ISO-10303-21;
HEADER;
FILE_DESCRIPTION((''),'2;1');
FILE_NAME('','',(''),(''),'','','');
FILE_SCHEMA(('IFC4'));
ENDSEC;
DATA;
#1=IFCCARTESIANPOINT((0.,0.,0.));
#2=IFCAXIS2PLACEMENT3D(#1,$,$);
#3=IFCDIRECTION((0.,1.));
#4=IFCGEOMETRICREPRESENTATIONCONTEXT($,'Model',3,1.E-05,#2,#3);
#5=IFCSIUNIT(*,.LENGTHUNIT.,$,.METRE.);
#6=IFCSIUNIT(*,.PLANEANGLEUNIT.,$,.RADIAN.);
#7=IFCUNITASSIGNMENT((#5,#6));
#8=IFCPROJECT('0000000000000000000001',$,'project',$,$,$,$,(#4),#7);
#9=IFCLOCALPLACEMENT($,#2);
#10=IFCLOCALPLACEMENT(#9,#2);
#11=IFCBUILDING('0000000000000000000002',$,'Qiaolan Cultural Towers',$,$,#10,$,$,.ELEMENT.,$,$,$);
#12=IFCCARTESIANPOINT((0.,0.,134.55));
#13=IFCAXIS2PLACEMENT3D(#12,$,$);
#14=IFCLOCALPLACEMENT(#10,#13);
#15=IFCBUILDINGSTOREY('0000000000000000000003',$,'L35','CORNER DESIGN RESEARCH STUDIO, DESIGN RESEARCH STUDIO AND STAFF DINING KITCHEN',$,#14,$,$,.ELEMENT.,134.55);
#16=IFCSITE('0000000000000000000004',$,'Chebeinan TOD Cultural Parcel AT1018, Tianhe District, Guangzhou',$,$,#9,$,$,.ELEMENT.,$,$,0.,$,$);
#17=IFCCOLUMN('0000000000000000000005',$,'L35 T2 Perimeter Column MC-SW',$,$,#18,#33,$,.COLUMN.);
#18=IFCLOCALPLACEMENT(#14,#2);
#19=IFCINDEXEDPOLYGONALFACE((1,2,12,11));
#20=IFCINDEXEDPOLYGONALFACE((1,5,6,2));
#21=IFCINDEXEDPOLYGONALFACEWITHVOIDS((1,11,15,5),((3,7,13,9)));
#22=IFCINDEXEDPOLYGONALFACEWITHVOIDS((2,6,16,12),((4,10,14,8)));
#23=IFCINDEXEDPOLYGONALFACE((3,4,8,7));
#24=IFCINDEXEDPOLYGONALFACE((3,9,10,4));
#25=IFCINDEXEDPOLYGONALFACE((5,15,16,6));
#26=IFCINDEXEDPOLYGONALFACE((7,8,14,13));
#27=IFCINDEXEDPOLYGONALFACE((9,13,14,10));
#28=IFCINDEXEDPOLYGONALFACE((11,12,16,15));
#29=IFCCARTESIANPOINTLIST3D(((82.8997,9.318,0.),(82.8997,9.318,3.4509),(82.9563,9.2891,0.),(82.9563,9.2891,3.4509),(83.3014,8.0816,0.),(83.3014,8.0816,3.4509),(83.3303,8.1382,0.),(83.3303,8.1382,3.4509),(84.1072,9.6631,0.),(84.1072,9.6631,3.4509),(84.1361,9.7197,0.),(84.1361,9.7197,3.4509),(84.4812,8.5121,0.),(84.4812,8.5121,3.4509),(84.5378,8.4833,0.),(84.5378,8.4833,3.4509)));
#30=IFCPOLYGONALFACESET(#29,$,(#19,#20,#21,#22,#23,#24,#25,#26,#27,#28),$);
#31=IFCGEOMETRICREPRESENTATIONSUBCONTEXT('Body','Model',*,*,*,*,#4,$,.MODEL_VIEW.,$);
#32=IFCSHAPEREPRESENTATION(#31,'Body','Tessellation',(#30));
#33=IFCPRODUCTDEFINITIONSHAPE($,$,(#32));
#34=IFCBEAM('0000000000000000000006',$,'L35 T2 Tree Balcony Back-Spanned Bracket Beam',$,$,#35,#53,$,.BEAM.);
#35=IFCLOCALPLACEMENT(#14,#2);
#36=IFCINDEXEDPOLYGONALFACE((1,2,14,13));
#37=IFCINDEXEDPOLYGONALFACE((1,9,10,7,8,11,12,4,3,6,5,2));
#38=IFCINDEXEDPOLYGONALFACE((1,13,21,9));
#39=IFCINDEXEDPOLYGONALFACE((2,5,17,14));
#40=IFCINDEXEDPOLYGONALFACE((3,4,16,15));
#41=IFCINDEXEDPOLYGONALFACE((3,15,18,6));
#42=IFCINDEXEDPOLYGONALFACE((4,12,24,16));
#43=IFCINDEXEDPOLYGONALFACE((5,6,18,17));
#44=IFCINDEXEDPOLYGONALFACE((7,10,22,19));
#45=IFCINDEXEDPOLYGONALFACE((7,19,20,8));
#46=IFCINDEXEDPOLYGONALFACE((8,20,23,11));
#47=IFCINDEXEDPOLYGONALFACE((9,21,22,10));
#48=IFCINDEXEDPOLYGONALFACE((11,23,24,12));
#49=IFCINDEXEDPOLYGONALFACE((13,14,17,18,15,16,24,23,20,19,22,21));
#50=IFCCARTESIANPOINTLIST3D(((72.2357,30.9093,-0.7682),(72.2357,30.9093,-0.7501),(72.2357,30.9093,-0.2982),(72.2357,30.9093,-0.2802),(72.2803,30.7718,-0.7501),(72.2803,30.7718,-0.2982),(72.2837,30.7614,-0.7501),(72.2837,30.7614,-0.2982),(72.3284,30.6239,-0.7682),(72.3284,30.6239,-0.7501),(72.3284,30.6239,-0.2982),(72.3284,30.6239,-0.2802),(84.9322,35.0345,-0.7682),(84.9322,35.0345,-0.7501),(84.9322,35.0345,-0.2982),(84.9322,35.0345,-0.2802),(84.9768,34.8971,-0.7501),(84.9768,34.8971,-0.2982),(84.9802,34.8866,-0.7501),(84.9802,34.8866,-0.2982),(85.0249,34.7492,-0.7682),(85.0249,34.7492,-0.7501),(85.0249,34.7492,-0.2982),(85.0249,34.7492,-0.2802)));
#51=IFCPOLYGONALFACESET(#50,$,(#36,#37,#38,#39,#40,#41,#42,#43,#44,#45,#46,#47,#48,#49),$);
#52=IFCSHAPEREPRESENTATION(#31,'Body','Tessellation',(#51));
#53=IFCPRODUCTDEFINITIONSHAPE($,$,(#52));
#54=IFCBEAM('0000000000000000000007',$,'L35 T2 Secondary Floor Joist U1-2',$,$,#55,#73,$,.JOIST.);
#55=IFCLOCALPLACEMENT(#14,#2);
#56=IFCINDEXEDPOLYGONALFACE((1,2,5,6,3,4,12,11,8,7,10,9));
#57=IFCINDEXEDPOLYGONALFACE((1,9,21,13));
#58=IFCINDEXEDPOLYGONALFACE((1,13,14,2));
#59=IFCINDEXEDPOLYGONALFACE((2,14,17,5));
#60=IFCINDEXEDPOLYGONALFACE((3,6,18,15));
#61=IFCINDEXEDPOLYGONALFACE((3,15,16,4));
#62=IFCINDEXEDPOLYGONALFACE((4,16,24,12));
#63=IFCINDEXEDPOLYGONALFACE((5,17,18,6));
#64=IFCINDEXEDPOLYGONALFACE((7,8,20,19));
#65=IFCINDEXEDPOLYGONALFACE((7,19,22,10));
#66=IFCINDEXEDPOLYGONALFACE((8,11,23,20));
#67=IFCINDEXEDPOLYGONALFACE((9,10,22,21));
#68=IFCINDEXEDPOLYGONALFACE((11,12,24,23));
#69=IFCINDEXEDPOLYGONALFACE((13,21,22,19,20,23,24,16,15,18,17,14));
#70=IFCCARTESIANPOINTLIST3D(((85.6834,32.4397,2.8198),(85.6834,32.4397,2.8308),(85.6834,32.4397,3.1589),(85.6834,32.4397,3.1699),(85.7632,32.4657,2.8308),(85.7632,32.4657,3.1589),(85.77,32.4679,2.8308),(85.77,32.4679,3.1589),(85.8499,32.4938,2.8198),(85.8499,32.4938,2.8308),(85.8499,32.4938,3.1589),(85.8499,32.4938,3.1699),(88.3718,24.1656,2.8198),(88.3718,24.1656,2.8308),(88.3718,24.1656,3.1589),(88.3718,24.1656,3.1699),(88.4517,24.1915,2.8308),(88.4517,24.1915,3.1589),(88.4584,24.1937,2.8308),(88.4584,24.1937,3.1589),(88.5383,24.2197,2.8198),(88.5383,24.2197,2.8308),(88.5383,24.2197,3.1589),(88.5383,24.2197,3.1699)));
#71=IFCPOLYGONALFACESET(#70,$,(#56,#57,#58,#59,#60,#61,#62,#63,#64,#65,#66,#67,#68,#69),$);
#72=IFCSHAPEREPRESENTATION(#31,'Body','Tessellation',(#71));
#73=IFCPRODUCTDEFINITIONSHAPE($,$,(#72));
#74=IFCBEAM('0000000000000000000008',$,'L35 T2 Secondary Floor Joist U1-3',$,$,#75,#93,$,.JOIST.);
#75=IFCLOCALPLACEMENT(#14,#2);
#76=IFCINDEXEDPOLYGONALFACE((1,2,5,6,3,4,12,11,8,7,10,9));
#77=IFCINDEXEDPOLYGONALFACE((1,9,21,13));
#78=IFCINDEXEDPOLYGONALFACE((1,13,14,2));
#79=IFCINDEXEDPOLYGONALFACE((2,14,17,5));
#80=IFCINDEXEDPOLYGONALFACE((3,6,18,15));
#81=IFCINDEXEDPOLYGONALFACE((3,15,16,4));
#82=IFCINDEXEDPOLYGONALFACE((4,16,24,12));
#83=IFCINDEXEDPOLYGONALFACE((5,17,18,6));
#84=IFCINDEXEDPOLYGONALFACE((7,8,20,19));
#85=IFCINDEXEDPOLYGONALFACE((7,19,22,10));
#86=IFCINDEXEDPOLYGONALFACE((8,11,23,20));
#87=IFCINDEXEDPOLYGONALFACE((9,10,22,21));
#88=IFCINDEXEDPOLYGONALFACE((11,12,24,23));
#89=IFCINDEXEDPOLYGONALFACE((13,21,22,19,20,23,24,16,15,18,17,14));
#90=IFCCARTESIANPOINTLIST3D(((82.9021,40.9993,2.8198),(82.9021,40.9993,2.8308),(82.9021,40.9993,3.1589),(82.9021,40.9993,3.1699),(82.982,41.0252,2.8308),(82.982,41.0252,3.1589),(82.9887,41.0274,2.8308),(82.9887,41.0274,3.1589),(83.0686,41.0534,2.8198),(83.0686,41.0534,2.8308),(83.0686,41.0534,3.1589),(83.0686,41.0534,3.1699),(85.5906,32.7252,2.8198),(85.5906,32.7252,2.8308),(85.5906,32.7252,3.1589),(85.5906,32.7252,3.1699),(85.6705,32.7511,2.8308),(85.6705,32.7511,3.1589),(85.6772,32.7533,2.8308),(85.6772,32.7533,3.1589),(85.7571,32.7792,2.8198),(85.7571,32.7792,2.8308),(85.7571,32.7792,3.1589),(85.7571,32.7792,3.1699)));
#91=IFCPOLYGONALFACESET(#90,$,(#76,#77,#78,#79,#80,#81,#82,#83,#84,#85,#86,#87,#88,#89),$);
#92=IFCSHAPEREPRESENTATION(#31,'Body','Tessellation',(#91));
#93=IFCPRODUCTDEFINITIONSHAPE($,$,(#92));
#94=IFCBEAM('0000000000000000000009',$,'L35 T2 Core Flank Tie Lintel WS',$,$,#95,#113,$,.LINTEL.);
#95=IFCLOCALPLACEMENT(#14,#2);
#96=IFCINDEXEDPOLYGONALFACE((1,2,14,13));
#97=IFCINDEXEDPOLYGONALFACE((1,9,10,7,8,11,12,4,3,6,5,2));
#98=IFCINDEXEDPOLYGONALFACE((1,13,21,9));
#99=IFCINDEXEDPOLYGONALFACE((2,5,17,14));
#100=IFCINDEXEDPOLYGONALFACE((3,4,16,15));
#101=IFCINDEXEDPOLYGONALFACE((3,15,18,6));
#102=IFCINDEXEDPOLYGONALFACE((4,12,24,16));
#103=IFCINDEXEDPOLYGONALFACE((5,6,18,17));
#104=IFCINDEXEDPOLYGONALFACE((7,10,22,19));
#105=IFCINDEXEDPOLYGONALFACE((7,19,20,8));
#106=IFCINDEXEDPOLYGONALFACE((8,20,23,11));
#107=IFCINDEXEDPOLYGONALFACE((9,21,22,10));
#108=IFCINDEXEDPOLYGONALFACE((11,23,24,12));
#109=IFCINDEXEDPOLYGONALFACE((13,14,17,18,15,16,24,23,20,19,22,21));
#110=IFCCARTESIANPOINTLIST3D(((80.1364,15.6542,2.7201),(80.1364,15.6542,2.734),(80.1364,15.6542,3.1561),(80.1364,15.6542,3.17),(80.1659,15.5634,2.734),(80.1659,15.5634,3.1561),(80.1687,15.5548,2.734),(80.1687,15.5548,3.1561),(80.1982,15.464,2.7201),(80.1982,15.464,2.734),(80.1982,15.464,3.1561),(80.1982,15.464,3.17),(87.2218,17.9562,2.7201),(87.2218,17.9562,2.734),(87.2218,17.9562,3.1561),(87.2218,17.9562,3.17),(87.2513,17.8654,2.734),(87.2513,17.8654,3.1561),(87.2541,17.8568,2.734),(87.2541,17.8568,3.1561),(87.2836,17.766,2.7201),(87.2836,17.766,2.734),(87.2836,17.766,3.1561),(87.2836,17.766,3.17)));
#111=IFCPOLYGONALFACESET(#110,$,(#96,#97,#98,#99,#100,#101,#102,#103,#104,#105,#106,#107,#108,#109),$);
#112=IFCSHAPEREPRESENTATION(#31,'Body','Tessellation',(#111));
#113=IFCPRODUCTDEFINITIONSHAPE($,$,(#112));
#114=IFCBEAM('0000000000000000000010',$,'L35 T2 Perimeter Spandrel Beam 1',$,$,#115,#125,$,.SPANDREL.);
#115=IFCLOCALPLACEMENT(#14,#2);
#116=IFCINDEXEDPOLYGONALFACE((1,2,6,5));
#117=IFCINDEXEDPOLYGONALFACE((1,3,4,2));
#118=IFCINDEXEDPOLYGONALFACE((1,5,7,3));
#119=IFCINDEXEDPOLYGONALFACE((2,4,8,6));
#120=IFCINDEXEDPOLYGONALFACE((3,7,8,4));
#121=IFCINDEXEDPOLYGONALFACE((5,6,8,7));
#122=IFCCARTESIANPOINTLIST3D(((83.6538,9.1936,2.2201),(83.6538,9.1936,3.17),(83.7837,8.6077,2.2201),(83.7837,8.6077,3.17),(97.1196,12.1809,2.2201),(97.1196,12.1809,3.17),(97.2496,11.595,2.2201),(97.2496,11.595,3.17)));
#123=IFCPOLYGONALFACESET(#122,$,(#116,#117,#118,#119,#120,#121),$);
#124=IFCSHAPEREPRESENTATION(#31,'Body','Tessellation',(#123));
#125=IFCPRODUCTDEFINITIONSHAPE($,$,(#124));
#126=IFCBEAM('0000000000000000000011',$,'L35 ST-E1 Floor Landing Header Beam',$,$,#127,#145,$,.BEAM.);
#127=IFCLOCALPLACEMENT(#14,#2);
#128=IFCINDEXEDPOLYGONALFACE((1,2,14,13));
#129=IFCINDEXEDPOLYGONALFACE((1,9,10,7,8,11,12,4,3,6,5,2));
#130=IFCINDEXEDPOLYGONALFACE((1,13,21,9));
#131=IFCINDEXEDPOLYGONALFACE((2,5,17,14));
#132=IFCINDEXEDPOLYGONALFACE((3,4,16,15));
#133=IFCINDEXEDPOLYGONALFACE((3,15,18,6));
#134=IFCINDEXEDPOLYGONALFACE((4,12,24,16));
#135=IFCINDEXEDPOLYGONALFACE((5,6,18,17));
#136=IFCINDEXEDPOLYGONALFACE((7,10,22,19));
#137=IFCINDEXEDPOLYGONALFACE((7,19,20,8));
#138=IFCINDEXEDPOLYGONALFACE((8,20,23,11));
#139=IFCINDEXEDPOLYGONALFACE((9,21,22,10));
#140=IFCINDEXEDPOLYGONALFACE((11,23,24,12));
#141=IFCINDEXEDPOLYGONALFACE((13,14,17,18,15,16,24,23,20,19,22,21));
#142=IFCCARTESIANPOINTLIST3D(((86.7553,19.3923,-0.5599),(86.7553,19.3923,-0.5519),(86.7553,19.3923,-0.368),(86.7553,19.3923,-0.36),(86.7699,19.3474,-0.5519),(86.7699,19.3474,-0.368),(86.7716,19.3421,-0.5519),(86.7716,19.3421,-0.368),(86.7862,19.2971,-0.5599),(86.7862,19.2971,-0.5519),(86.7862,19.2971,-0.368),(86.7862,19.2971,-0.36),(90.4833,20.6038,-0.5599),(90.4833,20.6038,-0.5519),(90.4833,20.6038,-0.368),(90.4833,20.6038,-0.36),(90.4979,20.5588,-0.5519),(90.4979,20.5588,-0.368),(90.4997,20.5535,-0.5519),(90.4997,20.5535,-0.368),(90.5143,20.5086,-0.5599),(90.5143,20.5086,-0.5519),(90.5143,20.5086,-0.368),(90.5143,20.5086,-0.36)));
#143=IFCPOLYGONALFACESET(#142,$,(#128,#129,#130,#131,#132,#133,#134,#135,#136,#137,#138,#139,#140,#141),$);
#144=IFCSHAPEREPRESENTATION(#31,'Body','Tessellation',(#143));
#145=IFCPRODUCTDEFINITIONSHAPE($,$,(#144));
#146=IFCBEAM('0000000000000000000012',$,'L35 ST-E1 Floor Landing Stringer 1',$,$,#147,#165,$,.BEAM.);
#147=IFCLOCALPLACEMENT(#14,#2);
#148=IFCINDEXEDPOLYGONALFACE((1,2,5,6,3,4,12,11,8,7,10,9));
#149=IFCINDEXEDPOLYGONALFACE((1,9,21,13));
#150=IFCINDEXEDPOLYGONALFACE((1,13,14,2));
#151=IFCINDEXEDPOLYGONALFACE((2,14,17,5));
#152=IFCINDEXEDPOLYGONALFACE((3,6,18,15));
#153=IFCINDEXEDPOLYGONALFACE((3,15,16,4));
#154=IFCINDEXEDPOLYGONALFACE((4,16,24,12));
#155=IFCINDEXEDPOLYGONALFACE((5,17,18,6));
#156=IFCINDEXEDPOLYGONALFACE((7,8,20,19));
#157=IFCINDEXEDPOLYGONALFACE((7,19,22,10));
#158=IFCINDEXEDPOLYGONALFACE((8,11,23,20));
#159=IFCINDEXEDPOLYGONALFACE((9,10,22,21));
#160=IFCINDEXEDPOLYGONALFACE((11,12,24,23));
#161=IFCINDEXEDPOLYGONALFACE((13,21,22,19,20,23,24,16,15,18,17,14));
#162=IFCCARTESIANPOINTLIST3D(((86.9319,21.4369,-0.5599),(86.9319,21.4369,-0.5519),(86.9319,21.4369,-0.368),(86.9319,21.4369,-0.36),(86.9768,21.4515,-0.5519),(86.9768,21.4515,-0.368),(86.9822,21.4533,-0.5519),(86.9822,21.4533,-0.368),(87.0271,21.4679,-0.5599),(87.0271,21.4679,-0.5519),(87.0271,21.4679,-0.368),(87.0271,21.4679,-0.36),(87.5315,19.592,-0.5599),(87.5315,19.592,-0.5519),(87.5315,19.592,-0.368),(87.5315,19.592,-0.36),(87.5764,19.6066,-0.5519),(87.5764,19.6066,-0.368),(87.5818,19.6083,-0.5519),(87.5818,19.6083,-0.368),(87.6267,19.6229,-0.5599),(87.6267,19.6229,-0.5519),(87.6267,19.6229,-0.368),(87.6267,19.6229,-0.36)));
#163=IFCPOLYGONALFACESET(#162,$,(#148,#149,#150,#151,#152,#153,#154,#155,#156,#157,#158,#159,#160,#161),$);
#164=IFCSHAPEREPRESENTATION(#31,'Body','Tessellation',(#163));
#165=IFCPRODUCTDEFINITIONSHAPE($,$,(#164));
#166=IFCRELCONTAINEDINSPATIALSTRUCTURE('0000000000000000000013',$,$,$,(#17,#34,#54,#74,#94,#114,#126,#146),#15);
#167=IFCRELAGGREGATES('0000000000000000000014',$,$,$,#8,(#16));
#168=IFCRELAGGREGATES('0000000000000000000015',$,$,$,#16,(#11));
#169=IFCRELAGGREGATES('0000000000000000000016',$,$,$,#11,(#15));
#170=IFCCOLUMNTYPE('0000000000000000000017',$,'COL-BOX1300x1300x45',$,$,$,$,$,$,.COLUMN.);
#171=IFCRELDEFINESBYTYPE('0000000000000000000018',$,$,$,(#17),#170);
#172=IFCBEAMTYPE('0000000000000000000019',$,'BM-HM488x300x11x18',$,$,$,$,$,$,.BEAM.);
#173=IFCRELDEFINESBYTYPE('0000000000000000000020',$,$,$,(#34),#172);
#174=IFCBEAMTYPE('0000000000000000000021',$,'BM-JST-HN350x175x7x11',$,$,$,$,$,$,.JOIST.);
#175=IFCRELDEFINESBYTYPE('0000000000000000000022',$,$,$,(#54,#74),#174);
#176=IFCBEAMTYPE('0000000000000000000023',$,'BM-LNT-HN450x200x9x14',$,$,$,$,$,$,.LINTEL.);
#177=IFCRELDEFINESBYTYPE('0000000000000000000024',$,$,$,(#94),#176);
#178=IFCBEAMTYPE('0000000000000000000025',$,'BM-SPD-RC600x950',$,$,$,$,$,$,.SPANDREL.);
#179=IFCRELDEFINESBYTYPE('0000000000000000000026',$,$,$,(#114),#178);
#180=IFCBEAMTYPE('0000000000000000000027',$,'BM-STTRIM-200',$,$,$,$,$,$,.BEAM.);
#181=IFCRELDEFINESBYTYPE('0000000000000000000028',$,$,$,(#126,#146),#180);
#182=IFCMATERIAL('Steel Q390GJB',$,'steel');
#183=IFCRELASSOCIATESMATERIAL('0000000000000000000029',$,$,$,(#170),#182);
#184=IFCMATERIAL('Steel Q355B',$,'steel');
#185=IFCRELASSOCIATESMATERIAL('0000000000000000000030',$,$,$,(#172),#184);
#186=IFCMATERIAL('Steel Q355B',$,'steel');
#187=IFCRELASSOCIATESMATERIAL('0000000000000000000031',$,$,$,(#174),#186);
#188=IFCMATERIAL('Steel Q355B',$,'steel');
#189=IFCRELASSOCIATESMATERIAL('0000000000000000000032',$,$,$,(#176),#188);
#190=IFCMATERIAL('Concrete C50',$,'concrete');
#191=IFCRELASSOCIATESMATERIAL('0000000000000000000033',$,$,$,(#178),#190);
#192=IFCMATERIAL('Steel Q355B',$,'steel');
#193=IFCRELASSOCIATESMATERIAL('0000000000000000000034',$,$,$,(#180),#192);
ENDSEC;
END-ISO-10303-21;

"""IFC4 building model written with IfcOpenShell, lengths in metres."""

from ifc_helpers import new_model, si_unit, direction, frame, origin, origin_2d, place, context, subcontext, project, spatial, rectangle, hollow_rectangle, i_section, extrude, material, material_profile, profile_set, type_object, element, save


model = new_model("IFC4")

# Units and contexts
model_context = context("Model", 3, precision=1e-05, world=origin(), true_north=direction((0.0, 1.0)))
body_context = subcontext(model_context, "Body", "Model", "MODEL_VIEW")
ifc_project = project(units=[si_unit("LENGTHUNIT", "METRE"), si_unit("PLANEANGLEUNIT", "RADIAN")], contexts=[model_context])

# Site, building, storey
site_placement = place(None, origin())
site = spatial("IfcSite", under=ifc_project, at=site_placement, Name="Chebeinan TOD Cultural Parcel AT1018, Tianhe District, Guangzhou", CompositionType="ELEMENT", RefElevation=0.0)
building_placement = place(site_placement, origin())
building = spatial("IfcBuilding", under=site, at=building_placement, Name="Qiaolan Cultural Towers", CompositionType="ELEMENT")
storey_placement = place(building_placement, frame((0.0, 0.0, 134.55)))
storey = spatial("IfcBuildingStorey", under=building, at=storey_placement, Name="L35", Description="CORNER DESIGN RESEARCH STUDIO, DESIGN RESEARCH STUDIO AND STAFF DINING KITCHEN", CompositionType="ELEMENT", Elevation=134.55)

# Column
ifc_material_1 = material(Name="Steel Q390GJB", Category="steel")
ifc_material_profile_1 = material_profile(ifc_material_1, hollow_rectangle(XDim=1.3, YDim=1.3, WallThickness=0.0449, at=origin_2d()), Name="BOX1300x1300x45")
ifc_profile_set_1 = profile_set([ifc_material_profile_1], Name="Steel Q390GJB")
column_type = type_object("IfcColumnType", Name="COL-BOX1300x1300x45", PredefinedType="COLUMN", material=ifc_profile_set_1)
column_placement = place(storey_placement, frame((83.7188, 8.9006, 0.0), z_axis=(0.0, 0.0, 1.0), x_axis=(0.951057, 0.309017, 0.0)))
element("IfcColumn", 1, at=column_placement, inside=storey, type_object=column_type, Name="L35 T2 Perimeter Column MC-SW", PredefinedType="COLUMN", context=body_context, shape_type="SweptSolid", body=[
    extrude(hollow_rectangle(XDim=1.3, YDim=1.3, WallThickness=0.0449, at=origin_2d()), origin(), (0.0, 0.0, 1.0), 3.4509),
])

# Beams
ifc_material_2 = material(Name="Steel Q355B", Category="steel")
ifc_material_profile_2 = material_profile(ifc_material_2, i_section(OverallWidth=0.3, OverallDepth=0.488, WebThickness=0.011, FlangeThickness=0.0181, at=origin_2d()), Name="HM488x300x11x18")
ifc_profile_set_2 = profile_set([ifc_material_profile_2], Name="Steel Q355B")
beam_type_1 = type_object("IfcBeamType", Name="BM-HM488x300x11x18", PredefinedType="BEAM", material=ifc_profile_set_2)
beam_1_placement = place(storey_placement, frame((84.9785, 34.8918, -0.5242), z_axis=(-0.951059, -0.30901, 0.0), x_axis=(0.30901, -0.951059, 0.0)))
element("IfcBeam", 2, at=beam_1_placement, inside=storey, type_object=beam_type_1, Name="L35 T2 Tree Balcony Back-Spanned Bracket Beam", PredefinedType="BEAM", context=body_context, shape_type="SweptSolid", body=[
    extrude(i_section(OverallWidth=0.3, OverallDepth=0.488, WebThickness=0.011, FlangeThickness=0.0181, at=origin_2d()), origin(), (0.0, 0.0, 1.0), 13.3499),
])
ifc_material_3 = material(Name="Steel Q355B", Category="steel")
ifc_material_profile_3 = material_profile(ifc_material_3, i_section(OverallWidth=0.175, OverallDepth=0.3501, WebThickness=0.0071, FlangeThickness=0.011, at=origin_2d()), Name="HN350x175x7x11")
ifc_profile_set_3 = profile_set([ifc_material_profile_3], Name="Steel Q355B")
beam_type_2 = type_object("IfcBeamType", Name="BM-JST-HN350x175x7x11", PredefinedType="JOIST", material=ifc_profile_set_3)
for number, where, z_axis, x_axis, name in (
    (3, (88.4551, 24.1926, 2.9949), (-0.309021, 0.951055, 0.0), (-0.951055, -0.309021, 0.0), "L35 T2 Secondary Floor Joist U1-2"),
    (4, (85.6738, 32.7522, 2.9949), (-0.309021, 0.951055, 0.0), (-0.951055, -0.309021, 0.0), "L35 T2 Secondary Floor Joist U1-3"),
):
    element("IfcBeam", number, at=place(storey_placement, frame(where, z_axis=z_axis, x_axis=x_axis)), inside=storey, type_object=beam_type_2, Name=name, PredefinedType="JOIST", context=body_context, shape_type="SweptSolid", body=[
        extrude(i_section(OverallWidth=0.175, OverallDepth=0.3501, WebThickness=0.0071, FlangeThickness=0.011, at=origin_2d()), origin(), (0.0, 0.0, 1.0), 8.7),
    ])
ifc_material_4 = material(Name="Steel Q355B", Category="steel")
ifc_material_profile_4 = material_profile(ifc_material_4, i_section(OverallWidth=0.2, OverallDepth=0.45, WebThickness=0.009, FlangeThickness=0.0139, at=origin_2d()), Name="HN450x200x9x14")
ifc_profile_set_4 = profile_set([ifc_material_profile_4], Name="Steel Q355B")
beam_type_3 = type_object("IfcBeamType", Name="BM-LNT-HN450x200x9x14", PredefinedType="LINTEL", material=ifc_profile_set_4)
beam_2_placement = place(storey_placement, frame((87.2527, 17.8611, 2.9451), z_axis=(-0.951064, -0.308993, 0.0), x_axis=(0.308993, -0.951064, 0.0)))
element("IfcBeam", 5, at=beam_2_placement, inside=storey, type_object=beam_type_3, Name="L35 T2 Core Flank Tie Lintel WS", PredefinedType="LINTEL", context=body_context, shape_type="SweptSolid", body=[
    extrude(i_section(OverallWidth=0.2, OverallDepth=0.45, WebThickness=0.009, FlangeThickness=0.0139, at=origin_2d()), origin(), (0.0, 0.0, 1.0), 7.45),
])
ifc_material_5 = material(Name="Concrete C50", Category="concrete")
ifc_material_profile_5 = material_profile(ifc_material_5, rectangle(XDim=0.6001, YDim=0.95, at=origin_2d()), Name="RC600x950")
ifc_profile_set_5 = profile_set([ifc_material_profile_5], Name="Concrete C50")
beam_type_4 = type_object("IfcBeamType", Name="BM-SPD-RC600x950", PredefinedType="SPANDREL", material=ifc_profile_set_5)
beam_3_placement = place(storey_placement, frame((83.7188, 8.9006, 2.6951), z_axis=(0.976265, 0.216578, 0.0), x_axis=(-0.216578, 0.976265, 0.0)))
element("IfcBeam", 6, at=beam_3_placement, inside=storey, type_object=beam_type_4, Name="L35 T2 Perimeter Spandrel Beam 1", PredefinedType="SPANDREL", context=body_context, shape_type="SweptSolid", body=[
    extrude(rectangle(XDim=0.6001, YDim=0.95, at=origin_2d()), origin(), (0.0, 0.0, 1.0), 13.7932),
])
ifc_material_6 = material(Name="Steel Q355B", Category="steel")
ifc_material_profile_6 = material_profile(ifc_material_6, i_section(OverallWidth=0.1001, OverallDepth=0.2, WebThickness=0.0056, FlangeThickness=0.0081, at=origin_2d()), Name="HN200x100x5.5x8")
ifc_profile_set_6 = profile_set([ifc_material_profile_6], Name="Steel Q355B")
beam_type_5 = type_object("IfcBeamType", Name="BM-STTRIM-200", PredefinedType="BEAM", material=ifc_profile_set_6)
beam_4_placement = place(storey_placement, frame((86.7708, 19.3447, -0.46), z_axis=(0.951048, 0.309044, 0.0), x_axis=(-0.309044, 0.951048, 0.0)))
element("IfcBeam", 7, at=beam_4_placement, inside=storey, type_object=beam_type_5, Name="L35 ST-E1 Floor Landing Header Beam", PredefinedType="BEAM", context=body_context, shape_type="SweptSolid", body=[
    extrude(i_section(OverallWidth=0.1001, OverallDepth=0.2, WebThickness=0.0056, FlangeThickness=0.0081, at=origin_2d()), origin(), (0.0, 0.0, 1.0), 3.9199),
])
beam_5_placement = place(storey_placement, frame((86.9795, 21.4524, -0.46), z_axis=(0.309083, -0.951035, 0.0), x_axis=(0.951035, 0.309083, 0.0)))
element("IfcBeam", 8, at=beam_5_placement, inside=storey, type_object=beam_type_5, Name="L35 ST-E1 Floor Landing Stringer 1", PredefinedType="BEAM", context=body_context, shape_type="SweptSolid", body=[
    extrude(i_section(OverallWidth=0.1001, OverallDepth=0.2, WebThickness=0.0056, FlangeThickness=0.0081, at=origin_2d()), origin(), (0.0, 0.0, 1.0), 1.9399),
])

save(model, "model.ifc")
